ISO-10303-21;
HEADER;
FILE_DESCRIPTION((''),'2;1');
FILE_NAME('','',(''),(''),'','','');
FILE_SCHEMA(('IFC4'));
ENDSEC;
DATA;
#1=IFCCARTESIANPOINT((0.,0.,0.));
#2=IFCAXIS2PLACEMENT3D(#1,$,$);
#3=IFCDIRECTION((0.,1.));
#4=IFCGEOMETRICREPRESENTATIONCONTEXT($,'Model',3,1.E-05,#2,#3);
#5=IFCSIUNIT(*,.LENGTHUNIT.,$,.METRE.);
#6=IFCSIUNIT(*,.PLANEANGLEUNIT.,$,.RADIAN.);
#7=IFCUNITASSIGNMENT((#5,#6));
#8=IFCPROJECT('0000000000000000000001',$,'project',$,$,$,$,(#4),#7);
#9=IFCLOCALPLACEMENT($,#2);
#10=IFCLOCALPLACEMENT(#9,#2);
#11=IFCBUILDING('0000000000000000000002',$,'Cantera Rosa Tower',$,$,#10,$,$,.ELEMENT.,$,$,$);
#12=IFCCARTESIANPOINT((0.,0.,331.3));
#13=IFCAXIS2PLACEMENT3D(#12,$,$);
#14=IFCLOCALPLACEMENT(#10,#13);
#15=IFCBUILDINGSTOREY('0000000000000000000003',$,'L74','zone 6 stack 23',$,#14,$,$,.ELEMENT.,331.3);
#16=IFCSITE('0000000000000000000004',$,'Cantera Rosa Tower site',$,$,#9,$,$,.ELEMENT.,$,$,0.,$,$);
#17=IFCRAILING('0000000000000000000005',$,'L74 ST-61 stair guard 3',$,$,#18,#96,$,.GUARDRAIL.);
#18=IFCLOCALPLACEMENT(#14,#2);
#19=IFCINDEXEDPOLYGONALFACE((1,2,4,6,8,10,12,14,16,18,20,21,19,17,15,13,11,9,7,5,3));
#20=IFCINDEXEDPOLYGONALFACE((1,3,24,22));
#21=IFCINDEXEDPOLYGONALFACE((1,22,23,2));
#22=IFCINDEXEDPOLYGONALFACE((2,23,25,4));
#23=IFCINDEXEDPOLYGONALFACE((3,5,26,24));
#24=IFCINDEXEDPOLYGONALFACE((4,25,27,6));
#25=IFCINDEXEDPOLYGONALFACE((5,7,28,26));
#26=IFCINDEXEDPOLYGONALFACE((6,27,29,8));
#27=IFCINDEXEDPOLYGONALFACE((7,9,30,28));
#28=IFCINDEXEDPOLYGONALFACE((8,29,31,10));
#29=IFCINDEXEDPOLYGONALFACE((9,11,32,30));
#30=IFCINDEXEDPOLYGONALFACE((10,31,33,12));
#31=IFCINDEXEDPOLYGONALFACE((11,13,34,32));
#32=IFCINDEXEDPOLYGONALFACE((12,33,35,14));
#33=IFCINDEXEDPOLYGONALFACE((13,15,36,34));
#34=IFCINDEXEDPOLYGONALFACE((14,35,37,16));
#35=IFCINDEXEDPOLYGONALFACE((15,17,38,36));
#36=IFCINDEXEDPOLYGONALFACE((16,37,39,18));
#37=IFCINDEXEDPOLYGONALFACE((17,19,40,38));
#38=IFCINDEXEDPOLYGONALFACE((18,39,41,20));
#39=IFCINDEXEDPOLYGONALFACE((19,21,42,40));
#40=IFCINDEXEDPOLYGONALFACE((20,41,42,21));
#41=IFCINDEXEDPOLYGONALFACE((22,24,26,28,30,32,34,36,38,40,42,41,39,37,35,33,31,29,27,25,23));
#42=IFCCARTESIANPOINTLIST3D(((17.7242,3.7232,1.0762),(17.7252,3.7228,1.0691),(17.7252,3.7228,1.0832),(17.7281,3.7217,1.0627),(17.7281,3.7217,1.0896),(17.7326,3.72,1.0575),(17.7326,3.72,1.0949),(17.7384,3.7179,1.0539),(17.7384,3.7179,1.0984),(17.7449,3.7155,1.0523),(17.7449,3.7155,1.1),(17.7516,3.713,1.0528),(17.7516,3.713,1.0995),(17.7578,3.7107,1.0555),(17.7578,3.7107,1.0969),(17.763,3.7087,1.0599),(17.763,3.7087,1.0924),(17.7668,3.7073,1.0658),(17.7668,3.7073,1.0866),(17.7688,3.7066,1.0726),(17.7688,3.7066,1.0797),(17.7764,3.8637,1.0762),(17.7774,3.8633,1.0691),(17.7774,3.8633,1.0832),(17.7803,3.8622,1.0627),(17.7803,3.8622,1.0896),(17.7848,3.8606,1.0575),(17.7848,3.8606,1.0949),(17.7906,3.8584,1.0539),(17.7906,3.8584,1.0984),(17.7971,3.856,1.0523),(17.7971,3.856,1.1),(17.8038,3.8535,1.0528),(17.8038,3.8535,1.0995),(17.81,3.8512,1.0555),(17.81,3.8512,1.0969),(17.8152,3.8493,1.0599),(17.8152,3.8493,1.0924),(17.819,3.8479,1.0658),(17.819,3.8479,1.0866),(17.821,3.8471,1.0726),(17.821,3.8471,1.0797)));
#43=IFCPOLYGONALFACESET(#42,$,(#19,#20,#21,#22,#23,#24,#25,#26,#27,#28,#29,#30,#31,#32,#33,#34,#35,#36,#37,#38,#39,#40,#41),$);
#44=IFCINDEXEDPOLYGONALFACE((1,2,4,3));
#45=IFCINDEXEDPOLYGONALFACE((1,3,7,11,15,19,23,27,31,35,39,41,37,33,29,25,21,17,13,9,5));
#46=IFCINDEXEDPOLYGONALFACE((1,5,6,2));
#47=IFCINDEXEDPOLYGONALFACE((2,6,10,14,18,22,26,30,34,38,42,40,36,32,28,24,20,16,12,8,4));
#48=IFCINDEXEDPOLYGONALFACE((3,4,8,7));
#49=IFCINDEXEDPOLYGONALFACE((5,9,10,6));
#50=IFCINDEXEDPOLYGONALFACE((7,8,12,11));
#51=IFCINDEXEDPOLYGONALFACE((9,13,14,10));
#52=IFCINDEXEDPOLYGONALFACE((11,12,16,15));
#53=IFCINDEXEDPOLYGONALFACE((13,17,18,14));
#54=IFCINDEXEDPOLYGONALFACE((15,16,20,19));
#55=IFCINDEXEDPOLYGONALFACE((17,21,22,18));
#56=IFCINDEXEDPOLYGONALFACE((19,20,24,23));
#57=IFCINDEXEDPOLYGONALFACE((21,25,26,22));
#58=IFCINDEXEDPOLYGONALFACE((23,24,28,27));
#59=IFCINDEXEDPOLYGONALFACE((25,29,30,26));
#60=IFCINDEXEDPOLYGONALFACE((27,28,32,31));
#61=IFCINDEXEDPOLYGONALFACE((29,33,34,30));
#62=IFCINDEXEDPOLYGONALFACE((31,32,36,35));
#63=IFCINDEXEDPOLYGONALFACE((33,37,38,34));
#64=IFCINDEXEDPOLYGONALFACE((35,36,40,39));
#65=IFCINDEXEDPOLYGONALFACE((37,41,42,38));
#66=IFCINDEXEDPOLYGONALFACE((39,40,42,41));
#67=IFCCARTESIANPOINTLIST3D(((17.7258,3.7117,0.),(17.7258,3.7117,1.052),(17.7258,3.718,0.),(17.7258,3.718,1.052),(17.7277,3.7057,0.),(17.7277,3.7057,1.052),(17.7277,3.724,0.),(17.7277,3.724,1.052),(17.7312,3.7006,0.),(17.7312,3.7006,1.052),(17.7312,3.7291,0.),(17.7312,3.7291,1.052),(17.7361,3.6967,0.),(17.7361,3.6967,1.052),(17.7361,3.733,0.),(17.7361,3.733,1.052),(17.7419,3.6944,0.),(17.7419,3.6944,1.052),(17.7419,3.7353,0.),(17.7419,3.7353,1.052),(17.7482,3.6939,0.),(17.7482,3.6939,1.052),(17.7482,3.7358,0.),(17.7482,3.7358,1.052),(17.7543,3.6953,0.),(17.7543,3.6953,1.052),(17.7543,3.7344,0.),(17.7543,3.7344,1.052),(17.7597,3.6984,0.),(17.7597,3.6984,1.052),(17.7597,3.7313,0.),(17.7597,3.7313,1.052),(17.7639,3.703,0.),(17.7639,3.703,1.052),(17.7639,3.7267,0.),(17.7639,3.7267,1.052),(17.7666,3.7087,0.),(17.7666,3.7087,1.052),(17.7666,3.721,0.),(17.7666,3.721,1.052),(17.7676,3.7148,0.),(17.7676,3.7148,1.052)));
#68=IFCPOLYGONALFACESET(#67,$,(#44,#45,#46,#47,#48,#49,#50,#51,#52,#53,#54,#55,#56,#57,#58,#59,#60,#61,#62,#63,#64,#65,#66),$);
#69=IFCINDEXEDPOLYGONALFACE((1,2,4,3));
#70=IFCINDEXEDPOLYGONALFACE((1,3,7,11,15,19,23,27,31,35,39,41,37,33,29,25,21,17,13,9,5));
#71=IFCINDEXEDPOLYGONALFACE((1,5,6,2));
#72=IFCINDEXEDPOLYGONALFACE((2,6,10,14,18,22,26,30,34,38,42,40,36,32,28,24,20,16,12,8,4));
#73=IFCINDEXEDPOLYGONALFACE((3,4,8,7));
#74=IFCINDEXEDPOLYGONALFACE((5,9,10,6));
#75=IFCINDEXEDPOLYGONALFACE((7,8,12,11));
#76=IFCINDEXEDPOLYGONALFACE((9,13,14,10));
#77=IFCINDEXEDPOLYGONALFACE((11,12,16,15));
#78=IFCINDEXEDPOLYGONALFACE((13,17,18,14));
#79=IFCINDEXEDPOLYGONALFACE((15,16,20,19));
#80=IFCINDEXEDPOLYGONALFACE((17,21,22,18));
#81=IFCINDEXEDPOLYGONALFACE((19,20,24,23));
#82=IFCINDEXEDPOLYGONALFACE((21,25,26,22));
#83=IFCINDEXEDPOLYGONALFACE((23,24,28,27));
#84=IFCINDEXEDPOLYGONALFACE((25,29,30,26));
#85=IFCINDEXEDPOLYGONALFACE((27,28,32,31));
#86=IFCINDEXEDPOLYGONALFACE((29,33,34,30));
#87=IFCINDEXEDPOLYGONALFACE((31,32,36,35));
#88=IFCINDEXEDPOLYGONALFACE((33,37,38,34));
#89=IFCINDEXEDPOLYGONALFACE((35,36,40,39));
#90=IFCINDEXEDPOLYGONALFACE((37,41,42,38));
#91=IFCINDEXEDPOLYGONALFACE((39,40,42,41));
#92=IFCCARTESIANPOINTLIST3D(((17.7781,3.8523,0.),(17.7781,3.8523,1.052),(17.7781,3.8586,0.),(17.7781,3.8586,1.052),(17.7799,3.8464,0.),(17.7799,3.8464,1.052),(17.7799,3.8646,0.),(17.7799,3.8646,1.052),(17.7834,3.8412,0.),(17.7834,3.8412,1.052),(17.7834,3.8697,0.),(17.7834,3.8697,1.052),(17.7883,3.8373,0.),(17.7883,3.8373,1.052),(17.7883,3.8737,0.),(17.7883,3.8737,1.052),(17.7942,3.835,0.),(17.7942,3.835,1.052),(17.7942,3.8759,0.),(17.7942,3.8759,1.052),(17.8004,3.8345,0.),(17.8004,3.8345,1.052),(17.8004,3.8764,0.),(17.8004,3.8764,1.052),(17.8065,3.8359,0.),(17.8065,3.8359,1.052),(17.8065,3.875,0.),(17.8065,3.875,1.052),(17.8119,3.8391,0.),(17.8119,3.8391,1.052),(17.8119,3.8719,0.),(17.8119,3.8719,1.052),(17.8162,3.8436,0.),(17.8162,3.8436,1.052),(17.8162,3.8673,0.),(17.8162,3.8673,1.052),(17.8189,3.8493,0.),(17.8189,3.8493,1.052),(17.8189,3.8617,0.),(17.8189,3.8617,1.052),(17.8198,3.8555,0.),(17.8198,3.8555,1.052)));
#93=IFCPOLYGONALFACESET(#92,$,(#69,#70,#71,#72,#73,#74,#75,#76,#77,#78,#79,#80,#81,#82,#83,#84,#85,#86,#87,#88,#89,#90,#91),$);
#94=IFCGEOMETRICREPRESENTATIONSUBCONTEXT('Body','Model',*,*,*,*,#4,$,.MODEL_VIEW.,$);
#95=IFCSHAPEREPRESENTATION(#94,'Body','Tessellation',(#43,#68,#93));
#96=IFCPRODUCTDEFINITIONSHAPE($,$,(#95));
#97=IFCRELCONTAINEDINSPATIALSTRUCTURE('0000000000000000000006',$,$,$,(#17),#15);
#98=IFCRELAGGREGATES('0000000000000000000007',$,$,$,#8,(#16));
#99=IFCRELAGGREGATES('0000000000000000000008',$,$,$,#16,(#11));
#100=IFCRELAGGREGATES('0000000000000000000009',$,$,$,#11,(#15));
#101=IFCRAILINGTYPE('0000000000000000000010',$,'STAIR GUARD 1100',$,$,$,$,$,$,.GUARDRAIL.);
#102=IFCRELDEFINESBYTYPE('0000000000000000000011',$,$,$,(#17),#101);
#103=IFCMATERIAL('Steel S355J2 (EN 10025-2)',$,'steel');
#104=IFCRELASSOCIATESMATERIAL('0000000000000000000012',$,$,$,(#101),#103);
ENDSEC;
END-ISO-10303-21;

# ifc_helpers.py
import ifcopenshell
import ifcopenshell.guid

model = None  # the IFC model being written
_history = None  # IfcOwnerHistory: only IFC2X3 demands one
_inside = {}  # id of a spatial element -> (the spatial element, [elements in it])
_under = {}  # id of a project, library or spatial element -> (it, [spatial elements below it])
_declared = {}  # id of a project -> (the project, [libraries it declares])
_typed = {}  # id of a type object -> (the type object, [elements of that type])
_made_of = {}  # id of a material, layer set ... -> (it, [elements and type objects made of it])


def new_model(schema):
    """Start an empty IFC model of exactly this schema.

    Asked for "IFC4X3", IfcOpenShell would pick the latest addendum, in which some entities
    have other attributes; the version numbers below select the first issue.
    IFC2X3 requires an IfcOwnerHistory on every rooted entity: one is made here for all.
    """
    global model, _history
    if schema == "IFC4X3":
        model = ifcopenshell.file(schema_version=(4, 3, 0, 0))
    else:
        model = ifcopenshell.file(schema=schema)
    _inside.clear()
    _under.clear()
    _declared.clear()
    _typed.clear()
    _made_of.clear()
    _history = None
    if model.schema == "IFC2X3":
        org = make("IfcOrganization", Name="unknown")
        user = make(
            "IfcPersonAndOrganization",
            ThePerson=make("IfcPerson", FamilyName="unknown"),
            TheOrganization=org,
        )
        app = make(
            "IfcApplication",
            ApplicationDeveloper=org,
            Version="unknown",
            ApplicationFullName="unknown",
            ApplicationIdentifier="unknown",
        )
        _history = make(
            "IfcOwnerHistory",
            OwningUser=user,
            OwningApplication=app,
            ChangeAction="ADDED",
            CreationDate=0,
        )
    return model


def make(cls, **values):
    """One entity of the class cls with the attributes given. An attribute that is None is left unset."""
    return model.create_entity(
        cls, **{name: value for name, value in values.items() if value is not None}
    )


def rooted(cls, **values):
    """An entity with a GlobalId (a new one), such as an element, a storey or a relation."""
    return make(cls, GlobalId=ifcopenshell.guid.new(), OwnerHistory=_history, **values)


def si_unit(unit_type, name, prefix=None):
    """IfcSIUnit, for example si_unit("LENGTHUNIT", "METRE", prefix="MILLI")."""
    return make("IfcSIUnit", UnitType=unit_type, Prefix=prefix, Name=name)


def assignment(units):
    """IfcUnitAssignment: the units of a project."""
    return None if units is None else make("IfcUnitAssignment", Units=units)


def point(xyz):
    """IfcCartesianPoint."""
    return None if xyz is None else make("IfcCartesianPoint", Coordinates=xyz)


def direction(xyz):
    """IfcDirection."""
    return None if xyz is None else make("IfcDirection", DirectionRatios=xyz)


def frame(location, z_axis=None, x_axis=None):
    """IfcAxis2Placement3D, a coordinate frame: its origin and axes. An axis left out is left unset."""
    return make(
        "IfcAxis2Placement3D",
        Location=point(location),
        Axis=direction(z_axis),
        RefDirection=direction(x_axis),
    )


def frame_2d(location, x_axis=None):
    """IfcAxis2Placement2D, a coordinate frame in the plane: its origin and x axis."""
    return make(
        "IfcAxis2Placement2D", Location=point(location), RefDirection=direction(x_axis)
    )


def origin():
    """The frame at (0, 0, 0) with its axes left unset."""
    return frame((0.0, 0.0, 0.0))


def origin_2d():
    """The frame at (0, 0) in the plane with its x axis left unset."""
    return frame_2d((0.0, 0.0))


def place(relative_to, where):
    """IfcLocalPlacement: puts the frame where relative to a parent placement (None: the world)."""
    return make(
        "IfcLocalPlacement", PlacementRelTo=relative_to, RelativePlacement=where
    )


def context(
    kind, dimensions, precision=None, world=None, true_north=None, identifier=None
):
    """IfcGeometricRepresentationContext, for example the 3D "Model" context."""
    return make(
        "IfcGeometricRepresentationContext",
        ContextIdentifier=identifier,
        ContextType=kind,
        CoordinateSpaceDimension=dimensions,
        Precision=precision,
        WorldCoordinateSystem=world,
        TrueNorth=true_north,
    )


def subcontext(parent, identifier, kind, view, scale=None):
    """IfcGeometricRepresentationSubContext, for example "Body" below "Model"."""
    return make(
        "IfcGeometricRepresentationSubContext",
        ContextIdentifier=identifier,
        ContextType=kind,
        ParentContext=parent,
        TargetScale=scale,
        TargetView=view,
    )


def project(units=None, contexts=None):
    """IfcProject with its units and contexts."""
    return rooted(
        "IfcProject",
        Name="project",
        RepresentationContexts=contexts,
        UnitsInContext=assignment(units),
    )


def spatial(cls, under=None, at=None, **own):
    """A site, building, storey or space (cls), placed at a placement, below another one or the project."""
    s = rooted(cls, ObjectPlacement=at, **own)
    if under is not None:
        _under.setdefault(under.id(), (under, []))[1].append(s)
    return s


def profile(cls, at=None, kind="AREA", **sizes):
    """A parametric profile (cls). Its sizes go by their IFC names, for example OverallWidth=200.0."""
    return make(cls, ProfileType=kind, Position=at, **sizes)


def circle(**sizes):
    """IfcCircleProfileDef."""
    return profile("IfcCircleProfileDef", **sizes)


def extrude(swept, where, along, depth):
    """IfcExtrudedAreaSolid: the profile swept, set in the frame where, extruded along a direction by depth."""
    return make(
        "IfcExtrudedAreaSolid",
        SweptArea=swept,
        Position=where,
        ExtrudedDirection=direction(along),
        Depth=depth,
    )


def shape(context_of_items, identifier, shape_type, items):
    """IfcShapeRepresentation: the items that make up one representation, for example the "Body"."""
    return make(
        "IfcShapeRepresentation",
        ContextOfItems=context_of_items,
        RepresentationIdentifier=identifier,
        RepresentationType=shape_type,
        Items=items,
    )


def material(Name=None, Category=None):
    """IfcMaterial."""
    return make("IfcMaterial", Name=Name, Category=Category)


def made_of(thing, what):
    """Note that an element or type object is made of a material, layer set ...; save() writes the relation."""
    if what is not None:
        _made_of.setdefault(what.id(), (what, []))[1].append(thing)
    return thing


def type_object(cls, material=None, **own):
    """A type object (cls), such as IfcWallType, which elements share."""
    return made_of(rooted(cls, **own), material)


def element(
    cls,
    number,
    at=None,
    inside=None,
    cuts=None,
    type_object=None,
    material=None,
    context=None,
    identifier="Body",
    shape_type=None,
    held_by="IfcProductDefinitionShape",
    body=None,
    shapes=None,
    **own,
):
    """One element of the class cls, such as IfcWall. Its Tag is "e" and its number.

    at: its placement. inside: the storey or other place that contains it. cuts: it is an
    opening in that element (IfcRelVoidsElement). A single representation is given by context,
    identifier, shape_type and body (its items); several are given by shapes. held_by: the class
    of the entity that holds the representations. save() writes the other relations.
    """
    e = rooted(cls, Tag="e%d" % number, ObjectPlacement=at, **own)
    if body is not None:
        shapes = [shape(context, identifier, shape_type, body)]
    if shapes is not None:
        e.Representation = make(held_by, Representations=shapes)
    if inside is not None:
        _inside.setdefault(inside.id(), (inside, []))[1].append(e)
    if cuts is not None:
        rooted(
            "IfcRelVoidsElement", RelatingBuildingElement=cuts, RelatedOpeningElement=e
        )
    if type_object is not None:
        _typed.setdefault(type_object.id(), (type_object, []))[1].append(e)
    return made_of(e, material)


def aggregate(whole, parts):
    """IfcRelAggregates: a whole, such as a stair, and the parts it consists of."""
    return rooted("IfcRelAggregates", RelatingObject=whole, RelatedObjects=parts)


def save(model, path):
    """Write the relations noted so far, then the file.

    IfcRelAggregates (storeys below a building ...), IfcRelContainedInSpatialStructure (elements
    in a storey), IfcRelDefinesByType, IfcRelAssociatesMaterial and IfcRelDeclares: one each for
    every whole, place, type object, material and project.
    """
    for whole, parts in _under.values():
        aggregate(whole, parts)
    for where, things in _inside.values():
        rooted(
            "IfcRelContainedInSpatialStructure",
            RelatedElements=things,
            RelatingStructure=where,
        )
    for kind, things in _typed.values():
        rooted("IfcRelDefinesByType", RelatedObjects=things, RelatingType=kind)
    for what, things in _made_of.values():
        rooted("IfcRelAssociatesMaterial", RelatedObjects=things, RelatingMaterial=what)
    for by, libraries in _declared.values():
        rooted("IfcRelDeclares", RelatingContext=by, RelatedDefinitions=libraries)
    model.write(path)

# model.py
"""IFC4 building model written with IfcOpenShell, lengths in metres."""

from ifc_helpers import new_model, si_unit, direction, frame, origin, origin_2d, place, context, subcontext, project, spatial, circle, extrude, material, type_object, element, save


model = new_model("IFC4")

# Units and contexts
model_context = context("Model", 3, precision=1e-05, world=origin(), true_north=direction((0.0, 1.0)))
body_context = subcontext(model_context, "Body", "Model", "MODEL_VIEW")
ifc_project = project(units=[si_unit("LENGTHUNIT", "METRE"), si_unit("PLANEANGLEUNIT", "RADIAN")], contexts=[model_context])

# Site, building, storey
site_placement = place(None, origin())
site = spatial("IfcSite", under=ifc_project, at=site_placement, Name="Cantera Rosa Tower site", CompositionType="ELEMENT", RefElevation=0.0)
building_placement = place(site_placement, origin())
building = spatial("IfcBuilding", under=site, at=building_placement, Name="Cantera Rosa Tower", CompositionType="ELEMENT")
storey_placement = place(building_placement, frame((0.0, 0.0, 331.3)))
storey = spatial("IfcBuildingStorey", under=building, at=storey_placement, Name="L74", Description="zone 6 stack 23", CompositionType="ELEMENT", Elevation=331.3)

# Railing
ifc_material_1 = material(Name="Steel S355J2 (EN 10025-2)", Category="steel")
railing_type_1 = type_object("IfcRailingType", Name="STAIR GUARD 1100", PredefinedType="GUARDRAIL", material=ifc_material_1)
railing_1_placement = place(storey_placement, frame((17.7466, 3.7148, 0.0)))
element("IfcRailing", 1, at=railing_1_placement, inside=storey, type_object=railing_type_1, Name="L74 ST-61 stair guard 3", PredefinedType="GUARDRAIL", context=body_context, shape_type="SweptSolid", body=[
    extrude(circle(Radius=0.0239, at=origin_2d()), frame((0.0, 0.0, 1.0762), z_axis=(0.348268, 0.937395, 0.0), x_axis=(-0.937395, 0.348268, 0.0)), (0.0, 0.0, 1.0), 0.1499),
    extrude(circle(Radius=0.021, at=origin_2d()), origin(), (0.0, 0.0, 1.0), 1.052),
    extrude(circle(Radius=0.021, at=origin_2d()), frame((0.0522, 0.1406, 0.0)), (0.0, 0.0, 1.0), 1.052),
])

save(model, "model.ifc")
